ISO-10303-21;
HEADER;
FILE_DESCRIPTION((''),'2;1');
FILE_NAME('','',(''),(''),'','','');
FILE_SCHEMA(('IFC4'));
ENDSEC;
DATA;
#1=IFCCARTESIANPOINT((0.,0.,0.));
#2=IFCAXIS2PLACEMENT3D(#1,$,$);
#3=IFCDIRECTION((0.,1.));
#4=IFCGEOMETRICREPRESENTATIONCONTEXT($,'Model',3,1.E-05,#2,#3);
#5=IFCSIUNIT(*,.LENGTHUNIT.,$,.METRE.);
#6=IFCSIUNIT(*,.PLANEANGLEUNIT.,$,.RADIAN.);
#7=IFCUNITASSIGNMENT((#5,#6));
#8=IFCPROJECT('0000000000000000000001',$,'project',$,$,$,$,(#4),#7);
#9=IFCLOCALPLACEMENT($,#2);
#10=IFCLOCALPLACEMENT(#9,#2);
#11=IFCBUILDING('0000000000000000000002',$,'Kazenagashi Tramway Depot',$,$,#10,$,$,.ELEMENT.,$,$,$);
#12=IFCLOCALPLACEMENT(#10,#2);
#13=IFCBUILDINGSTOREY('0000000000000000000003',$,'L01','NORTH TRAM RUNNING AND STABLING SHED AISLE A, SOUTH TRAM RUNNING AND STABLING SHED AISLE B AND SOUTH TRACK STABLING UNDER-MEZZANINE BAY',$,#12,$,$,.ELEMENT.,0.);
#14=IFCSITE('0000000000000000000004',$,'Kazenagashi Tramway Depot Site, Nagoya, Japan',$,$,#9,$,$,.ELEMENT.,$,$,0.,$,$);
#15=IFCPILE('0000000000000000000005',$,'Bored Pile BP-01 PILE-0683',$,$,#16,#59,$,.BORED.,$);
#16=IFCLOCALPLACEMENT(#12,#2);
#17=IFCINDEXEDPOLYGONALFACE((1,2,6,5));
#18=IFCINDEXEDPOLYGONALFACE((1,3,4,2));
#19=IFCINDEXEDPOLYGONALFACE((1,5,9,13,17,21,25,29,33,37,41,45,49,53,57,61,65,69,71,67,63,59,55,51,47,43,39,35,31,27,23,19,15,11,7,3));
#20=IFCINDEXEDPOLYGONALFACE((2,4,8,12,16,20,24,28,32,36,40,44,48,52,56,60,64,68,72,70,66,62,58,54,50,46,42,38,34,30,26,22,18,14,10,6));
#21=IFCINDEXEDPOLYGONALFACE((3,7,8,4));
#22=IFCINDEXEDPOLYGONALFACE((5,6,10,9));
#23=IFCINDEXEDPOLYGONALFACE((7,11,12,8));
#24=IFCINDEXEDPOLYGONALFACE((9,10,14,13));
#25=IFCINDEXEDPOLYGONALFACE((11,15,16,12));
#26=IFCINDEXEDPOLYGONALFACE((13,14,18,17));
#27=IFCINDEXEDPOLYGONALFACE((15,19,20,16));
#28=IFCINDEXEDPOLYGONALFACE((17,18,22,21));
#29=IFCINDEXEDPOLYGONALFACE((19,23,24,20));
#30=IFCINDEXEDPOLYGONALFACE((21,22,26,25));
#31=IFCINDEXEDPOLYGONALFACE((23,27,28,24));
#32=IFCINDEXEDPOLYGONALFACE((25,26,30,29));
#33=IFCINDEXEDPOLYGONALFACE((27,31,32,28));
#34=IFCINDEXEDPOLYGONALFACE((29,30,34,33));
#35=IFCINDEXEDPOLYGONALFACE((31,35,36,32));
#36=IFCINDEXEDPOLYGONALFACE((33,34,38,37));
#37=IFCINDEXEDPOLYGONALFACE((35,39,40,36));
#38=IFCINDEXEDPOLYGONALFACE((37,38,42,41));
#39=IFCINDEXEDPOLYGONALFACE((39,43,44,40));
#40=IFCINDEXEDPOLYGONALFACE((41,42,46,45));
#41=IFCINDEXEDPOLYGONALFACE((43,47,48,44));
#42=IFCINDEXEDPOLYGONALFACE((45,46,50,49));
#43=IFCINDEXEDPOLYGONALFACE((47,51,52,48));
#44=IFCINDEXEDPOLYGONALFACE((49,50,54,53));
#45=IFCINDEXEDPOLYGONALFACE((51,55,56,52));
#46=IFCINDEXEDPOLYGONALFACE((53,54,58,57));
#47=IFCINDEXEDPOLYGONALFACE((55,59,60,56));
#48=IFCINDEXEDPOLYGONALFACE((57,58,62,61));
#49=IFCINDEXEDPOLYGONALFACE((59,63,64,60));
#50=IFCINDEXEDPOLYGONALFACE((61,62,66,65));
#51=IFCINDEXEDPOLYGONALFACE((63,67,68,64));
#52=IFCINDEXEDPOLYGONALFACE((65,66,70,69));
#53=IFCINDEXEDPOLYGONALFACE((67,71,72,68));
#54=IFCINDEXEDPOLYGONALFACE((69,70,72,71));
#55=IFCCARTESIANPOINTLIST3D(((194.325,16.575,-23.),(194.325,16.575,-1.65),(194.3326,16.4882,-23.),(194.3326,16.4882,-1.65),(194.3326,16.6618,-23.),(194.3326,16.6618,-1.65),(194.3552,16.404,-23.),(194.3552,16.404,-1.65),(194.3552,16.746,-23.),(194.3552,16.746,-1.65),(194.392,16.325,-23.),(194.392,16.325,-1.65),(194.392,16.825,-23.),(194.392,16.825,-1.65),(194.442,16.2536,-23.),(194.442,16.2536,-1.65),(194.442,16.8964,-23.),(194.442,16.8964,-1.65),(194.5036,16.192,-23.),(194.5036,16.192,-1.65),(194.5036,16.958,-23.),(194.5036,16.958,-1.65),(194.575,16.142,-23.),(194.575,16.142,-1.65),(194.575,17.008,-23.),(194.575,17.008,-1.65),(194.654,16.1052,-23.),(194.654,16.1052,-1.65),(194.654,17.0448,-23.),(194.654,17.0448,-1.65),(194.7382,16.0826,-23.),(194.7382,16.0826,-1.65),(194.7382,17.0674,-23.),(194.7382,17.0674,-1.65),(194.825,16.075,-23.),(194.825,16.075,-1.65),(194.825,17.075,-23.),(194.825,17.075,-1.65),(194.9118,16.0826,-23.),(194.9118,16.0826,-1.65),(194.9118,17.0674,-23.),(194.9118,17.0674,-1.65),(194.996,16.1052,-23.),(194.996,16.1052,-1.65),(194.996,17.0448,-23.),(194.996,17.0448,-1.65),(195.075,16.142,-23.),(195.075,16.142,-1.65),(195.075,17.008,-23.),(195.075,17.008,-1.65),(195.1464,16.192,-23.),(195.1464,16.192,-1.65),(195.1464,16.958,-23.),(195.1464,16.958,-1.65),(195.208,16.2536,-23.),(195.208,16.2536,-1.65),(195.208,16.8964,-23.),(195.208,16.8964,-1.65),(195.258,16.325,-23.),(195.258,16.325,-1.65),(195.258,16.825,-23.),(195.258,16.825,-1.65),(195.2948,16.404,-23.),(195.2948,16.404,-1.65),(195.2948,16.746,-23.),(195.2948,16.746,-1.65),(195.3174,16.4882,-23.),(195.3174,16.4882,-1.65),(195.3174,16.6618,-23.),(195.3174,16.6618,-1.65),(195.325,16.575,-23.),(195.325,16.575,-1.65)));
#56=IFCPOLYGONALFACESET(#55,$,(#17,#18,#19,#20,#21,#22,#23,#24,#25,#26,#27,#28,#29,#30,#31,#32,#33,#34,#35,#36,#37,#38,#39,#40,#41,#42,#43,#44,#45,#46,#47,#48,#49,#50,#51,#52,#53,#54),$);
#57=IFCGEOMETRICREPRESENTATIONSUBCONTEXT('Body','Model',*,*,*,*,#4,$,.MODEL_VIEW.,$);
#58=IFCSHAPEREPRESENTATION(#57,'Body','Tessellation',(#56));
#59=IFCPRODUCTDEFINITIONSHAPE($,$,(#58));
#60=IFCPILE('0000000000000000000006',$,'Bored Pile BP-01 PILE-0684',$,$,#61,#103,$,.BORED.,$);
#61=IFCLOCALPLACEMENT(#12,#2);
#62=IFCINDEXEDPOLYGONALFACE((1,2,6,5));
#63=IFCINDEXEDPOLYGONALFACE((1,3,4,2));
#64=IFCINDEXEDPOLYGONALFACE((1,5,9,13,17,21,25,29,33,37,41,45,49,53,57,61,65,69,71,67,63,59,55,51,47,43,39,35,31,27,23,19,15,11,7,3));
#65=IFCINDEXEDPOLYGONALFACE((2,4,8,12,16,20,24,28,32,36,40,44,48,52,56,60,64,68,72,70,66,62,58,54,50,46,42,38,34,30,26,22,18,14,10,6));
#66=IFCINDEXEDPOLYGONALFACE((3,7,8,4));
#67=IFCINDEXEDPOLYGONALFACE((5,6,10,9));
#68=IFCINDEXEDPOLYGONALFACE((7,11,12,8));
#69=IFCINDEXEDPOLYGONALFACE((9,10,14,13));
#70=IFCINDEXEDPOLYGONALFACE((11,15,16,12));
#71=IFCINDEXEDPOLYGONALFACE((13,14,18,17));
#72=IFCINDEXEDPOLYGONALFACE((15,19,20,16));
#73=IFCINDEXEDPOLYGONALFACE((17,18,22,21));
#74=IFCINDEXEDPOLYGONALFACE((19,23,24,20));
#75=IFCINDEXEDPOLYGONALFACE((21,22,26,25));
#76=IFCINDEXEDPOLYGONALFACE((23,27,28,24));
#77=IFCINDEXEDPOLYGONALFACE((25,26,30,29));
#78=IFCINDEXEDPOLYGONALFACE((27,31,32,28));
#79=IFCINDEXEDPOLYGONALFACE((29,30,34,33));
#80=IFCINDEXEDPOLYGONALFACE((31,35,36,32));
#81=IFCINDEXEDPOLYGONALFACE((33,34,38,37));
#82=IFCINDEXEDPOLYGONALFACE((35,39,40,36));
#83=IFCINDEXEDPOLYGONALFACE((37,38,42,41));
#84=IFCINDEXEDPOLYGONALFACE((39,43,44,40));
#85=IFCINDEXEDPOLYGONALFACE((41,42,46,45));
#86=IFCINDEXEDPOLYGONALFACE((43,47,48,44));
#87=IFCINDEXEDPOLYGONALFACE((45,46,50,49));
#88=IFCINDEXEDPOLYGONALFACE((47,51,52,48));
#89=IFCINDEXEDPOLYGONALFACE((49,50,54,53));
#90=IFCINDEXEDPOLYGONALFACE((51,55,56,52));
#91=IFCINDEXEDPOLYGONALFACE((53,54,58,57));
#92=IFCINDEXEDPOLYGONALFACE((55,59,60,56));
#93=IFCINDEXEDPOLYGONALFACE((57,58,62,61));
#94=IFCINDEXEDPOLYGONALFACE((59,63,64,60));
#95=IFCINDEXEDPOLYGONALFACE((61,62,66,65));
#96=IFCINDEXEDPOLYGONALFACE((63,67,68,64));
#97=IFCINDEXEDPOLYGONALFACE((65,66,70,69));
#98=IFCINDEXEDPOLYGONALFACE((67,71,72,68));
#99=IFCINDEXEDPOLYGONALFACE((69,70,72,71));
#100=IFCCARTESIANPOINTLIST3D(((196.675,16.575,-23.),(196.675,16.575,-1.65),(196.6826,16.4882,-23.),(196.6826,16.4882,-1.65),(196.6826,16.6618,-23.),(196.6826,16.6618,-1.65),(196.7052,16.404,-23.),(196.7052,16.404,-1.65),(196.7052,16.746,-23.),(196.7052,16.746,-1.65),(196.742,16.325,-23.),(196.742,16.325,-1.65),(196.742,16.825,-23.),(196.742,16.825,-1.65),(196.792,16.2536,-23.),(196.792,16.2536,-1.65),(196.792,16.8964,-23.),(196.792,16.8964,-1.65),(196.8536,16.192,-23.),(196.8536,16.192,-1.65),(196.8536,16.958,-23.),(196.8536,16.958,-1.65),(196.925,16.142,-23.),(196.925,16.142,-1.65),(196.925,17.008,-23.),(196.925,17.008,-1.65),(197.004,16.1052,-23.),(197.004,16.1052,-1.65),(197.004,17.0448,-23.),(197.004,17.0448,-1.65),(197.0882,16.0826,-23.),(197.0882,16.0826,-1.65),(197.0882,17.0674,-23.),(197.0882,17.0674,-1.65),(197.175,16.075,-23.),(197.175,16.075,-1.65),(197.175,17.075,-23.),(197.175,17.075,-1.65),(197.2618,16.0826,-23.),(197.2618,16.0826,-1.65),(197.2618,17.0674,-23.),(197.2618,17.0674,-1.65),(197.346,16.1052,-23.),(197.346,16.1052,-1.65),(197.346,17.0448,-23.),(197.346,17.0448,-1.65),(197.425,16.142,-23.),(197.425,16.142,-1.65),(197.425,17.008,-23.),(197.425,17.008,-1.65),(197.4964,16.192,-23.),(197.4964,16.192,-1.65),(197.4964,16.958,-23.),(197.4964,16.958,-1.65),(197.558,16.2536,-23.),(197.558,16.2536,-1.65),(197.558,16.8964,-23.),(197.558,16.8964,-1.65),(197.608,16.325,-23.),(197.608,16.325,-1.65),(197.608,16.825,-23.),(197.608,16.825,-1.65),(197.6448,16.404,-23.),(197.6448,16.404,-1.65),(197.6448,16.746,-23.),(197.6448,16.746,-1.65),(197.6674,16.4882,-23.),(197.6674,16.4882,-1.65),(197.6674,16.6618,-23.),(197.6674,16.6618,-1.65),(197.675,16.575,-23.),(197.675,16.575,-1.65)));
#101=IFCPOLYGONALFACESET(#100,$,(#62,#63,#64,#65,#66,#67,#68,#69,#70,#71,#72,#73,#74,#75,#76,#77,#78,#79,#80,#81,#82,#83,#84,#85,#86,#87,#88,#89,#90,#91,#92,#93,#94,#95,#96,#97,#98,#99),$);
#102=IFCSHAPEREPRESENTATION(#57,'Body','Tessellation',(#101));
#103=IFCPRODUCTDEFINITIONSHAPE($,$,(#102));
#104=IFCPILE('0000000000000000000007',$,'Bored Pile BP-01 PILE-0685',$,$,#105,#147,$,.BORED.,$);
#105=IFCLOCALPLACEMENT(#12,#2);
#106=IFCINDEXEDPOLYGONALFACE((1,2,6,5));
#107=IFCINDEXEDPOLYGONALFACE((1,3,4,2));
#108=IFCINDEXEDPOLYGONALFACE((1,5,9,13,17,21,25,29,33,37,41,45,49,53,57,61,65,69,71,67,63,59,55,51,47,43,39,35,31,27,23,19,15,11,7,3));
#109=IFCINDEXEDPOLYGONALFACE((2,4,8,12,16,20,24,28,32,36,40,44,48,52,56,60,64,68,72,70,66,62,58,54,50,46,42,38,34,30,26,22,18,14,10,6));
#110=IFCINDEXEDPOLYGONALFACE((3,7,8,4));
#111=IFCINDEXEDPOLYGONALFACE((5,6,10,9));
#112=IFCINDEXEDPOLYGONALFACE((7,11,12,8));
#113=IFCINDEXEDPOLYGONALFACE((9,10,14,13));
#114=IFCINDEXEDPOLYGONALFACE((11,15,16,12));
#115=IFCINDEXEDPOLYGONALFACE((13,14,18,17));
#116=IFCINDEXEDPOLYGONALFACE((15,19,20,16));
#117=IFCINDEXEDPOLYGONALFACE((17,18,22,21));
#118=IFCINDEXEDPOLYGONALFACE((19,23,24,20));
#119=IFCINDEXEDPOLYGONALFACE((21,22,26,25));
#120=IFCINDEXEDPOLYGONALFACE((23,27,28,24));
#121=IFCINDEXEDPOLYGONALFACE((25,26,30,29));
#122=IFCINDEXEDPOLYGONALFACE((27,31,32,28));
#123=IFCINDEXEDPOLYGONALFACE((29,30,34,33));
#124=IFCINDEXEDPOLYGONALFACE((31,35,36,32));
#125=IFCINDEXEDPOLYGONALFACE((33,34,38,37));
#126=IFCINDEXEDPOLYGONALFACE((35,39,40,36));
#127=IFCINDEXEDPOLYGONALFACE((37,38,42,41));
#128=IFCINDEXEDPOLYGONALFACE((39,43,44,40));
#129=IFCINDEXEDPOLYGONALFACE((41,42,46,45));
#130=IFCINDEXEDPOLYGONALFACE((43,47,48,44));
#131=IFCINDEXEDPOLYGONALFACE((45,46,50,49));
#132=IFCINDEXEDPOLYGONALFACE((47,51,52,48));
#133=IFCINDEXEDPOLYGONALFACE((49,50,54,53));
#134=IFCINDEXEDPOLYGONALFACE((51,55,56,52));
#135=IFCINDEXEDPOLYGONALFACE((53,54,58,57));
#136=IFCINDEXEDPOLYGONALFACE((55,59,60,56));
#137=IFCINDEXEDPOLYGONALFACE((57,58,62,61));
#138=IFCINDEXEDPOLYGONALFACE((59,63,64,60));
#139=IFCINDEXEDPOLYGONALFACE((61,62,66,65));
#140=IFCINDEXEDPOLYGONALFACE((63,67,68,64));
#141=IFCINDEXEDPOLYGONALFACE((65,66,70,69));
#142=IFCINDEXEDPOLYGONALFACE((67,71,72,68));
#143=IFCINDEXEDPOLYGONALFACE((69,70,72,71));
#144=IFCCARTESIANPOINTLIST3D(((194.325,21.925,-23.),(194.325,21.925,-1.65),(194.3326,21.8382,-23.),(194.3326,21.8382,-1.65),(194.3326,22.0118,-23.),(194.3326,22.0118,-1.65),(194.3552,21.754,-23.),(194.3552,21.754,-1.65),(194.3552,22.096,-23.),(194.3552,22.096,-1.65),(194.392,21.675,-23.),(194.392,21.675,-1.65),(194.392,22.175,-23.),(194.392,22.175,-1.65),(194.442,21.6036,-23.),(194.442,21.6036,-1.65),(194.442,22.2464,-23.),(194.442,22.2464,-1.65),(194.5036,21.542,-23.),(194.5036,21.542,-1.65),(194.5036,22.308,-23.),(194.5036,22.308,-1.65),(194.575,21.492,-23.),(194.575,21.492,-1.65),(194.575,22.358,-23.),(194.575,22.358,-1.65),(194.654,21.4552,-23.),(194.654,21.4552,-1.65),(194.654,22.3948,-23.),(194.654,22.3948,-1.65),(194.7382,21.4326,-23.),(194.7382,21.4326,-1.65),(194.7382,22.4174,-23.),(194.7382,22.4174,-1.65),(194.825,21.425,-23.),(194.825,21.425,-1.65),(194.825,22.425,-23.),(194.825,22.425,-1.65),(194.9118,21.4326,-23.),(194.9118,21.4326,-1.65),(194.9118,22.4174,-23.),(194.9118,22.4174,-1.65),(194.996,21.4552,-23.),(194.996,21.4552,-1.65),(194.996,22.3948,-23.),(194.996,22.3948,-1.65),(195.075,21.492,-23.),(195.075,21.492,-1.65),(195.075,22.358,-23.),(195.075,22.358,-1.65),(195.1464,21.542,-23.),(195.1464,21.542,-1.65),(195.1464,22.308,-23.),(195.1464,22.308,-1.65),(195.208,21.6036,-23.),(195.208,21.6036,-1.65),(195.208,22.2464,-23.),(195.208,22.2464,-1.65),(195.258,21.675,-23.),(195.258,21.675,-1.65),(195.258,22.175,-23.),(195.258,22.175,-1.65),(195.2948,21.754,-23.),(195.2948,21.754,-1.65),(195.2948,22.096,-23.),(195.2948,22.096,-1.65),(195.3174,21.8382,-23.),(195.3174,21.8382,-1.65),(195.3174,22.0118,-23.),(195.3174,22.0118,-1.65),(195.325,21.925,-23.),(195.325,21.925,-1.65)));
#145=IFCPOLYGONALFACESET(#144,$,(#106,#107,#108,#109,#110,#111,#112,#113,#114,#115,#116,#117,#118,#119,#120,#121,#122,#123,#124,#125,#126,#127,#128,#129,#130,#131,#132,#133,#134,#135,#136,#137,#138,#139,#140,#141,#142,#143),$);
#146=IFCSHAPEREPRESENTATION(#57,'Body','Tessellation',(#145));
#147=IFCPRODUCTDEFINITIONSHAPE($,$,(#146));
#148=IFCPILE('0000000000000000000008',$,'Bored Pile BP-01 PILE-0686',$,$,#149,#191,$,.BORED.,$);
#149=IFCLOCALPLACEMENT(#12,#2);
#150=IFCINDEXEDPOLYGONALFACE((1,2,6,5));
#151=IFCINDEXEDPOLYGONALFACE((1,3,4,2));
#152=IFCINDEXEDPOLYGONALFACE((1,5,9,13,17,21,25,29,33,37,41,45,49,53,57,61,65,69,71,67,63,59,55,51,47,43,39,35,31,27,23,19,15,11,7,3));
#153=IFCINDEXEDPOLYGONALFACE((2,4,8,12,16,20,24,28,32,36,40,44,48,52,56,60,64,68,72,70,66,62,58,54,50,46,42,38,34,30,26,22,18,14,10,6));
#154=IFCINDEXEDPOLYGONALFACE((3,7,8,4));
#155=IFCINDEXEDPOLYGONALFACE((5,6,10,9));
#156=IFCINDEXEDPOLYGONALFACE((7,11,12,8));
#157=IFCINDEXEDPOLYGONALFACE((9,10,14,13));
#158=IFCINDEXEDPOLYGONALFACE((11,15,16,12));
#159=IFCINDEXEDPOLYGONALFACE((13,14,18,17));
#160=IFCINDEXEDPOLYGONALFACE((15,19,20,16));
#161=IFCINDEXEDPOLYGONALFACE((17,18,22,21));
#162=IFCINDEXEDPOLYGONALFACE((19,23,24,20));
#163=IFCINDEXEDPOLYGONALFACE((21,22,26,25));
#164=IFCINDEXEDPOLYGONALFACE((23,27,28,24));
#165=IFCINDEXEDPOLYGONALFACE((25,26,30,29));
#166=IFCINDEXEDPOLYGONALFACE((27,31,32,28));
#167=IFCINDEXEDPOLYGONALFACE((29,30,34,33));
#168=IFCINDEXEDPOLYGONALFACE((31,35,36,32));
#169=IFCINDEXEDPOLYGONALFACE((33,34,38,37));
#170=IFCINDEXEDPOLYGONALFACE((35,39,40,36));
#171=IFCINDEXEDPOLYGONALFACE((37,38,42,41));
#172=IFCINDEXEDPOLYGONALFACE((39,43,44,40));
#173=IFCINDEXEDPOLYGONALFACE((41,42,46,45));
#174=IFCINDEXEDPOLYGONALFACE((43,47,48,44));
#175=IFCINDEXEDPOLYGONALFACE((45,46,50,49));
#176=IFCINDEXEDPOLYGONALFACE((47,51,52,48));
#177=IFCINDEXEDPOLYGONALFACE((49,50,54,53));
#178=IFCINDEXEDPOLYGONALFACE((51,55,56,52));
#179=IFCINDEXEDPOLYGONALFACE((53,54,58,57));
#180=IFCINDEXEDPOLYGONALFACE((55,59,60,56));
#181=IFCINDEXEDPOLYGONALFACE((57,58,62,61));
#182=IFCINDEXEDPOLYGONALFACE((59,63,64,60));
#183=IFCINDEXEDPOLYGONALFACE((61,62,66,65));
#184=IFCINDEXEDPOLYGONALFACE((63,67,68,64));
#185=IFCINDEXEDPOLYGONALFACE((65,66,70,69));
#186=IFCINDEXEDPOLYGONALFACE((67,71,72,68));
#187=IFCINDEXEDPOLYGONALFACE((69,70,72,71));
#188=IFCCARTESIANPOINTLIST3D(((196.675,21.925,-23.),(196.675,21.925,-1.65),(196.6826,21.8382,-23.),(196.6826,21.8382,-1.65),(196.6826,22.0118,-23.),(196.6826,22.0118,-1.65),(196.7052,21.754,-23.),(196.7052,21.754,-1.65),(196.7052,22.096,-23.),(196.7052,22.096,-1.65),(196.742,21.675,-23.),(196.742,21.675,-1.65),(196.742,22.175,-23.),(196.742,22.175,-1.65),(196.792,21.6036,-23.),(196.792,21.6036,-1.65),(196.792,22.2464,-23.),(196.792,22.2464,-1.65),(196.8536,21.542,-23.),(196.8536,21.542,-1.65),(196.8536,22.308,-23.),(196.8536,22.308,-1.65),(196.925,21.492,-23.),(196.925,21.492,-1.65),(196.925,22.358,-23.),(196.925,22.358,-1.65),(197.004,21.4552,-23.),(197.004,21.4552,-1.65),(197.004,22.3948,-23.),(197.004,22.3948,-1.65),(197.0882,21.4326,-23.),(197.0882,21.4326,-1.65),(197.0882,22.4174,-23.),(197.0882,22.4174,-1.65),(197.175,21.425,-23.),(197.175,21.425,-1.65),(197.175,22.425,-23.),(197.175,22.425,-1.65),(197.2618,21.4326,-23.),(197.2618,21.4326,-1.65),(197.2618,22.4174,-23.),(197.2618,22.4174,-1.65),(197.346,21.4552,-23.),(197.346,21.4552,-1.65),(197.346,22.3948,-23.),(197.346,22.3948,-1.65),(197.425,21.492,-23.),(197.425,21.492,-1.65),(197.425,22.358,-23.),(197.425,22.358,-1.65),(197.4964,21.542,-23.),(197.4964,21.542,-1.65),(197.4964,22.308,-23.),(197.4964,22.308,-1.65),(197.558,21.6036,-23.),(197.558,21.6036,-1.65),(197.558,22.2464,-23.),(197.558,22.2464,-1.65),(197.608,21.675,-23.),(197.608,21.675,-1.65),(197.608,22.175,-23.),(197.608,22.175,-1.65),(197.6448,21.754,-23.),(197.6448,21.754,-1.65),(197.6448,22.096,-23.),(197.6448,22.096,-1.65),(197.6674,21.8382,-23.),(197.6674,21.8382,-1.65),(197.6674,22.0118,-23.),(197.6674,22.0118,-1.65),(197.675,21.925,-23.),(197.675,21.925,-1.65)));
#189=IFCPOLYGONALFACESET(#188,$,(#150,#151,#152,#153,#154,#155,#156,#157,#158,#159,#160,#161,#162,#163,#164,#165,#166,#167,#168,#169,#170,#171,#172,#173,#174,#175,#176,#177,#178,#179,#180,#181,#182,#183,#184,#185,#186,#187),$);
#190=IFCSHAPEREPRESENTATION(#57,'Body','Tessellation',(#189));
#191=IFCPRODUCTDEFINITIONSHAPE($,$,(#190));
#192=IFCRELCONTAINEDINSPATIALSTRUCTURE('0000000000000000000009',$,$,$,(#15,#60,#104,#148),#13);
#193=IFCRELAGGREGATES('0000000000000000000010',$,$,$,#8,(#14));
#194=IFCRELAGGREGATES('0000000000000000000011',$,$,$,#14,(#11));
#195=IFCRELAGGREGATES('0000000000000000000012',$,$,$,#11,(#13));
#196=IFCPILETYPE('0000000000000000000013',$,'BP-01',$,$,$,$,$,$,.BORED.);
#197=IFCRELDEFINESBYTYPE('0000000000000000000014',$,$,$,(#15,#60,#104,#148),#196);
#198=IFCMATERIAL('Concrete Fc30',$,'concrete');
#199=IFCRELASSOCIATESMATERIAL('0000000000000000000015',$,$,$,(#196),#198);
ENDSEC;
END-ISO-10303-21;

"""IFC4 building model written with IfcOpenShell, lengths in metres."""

from ifc_helpers import new_model, si_unit, direction, frame, origin, origin_2d, place, context, subcontext, project, spatial, circle, extrude, material, material_profile, profile_set, type_object, element, save


model = new_model("IFC4")

# Units and contexts
model_context = context("Model", 3, precision=1e-05, world=origin(), true_north=direction((0.0, 1.0)))
body_context = subcontext(model_context, "Body", "Model", "MODEL_VIEW")
ifc_project = project(units=[si_unit("LENGTHUNIT", "METRE"), si_unit("PLANEANGLEUNIT", "RADIAN")], contexts=[model_context])

# Site, building, storey
site_placement = place(None, origin())
site = spatial("IfcSite", under=ifc_project, at=site_placement, Name="Kazenagashi Tramway Depot Site, Nagoya, Japan", CompositionType="ELEMENT", RefElevation=0.0)
building_placement = place(site_placement, origin())
building = spatial("IfcBuilding", under=site, at=building_placement, Name="Kazenagashi Tramway Depot", CompositionType="ELEMENT")
storey_placement = place(building_placement, origin())
storey = spatial("IfcBuildingStorey", under=building, at=storey_placement, Name="L01", Description="NORTH TRAM RUNNING AND STABLING SHED AISLE A, SOUTH TRAM RUNNING AND STABLING SHED AISLE B AND SOUTH TRACK STABLING UNDER-MEZZANINE BAY", CompositionType="ELEMENT", Elevation=0.0)

# Piles
ifc_material_1 = material(Name="Concrete Fc30", Category="concrete")
ifc_material_profile_1 = material_profile(ifc_material_1, circle(Radius=0.5, at=origin_2d()), Name="PILE-1000")
ifc_profile_set_1 = profile_set([ifc_material_profile_1], Name="Concrete Fc30")
pile_type = type_object("IfcPileType", Name="BP-01", PredefinedType="BORED", material=ifc_profile_set_1)
for number, where, z_axis, x_axis, name in (
    (1, (194.825, 16.575, -1.65), (0.0, 0.0, -1.0), (1.0, 0.0, 0.0), "Bored Pile BP-01 PILE-0683"),
    (2, (197.175, 16.575, -1.65), (0.0, 0.0, -1.0), (1.0, 0.0, 0.0), "Bored Pile BP-01 PILE-0684"),
    (3, (194.825, 21.925, -1.65), (0.0, 0.0, -1.0), (1.0, 0.0, 0.0), "Bored Pile BP-01 PILE-0685"),
    (4, (197.175, 21.925, -1.65), (0.0, 0.0, -1.0), (1.0, 0.0, 0.0), "Bored Pile BP-01 PILE-0686"),
):
    element("IfcPile", number, at=place(storey_placement, frame(where, z_axis=z_axis, x_axis=x_axis)), inside=storey, type_object=pile_type, Name=name, PredefinedType="BORED", context=body_context, shape_type="SweptSolid", body=[
        extrude(circle(Radius=0.5, at=origin_2d()), origin(), (0.0, 0.0, 1.0), 21.35),
    ])

save(model, "model.ifc")
